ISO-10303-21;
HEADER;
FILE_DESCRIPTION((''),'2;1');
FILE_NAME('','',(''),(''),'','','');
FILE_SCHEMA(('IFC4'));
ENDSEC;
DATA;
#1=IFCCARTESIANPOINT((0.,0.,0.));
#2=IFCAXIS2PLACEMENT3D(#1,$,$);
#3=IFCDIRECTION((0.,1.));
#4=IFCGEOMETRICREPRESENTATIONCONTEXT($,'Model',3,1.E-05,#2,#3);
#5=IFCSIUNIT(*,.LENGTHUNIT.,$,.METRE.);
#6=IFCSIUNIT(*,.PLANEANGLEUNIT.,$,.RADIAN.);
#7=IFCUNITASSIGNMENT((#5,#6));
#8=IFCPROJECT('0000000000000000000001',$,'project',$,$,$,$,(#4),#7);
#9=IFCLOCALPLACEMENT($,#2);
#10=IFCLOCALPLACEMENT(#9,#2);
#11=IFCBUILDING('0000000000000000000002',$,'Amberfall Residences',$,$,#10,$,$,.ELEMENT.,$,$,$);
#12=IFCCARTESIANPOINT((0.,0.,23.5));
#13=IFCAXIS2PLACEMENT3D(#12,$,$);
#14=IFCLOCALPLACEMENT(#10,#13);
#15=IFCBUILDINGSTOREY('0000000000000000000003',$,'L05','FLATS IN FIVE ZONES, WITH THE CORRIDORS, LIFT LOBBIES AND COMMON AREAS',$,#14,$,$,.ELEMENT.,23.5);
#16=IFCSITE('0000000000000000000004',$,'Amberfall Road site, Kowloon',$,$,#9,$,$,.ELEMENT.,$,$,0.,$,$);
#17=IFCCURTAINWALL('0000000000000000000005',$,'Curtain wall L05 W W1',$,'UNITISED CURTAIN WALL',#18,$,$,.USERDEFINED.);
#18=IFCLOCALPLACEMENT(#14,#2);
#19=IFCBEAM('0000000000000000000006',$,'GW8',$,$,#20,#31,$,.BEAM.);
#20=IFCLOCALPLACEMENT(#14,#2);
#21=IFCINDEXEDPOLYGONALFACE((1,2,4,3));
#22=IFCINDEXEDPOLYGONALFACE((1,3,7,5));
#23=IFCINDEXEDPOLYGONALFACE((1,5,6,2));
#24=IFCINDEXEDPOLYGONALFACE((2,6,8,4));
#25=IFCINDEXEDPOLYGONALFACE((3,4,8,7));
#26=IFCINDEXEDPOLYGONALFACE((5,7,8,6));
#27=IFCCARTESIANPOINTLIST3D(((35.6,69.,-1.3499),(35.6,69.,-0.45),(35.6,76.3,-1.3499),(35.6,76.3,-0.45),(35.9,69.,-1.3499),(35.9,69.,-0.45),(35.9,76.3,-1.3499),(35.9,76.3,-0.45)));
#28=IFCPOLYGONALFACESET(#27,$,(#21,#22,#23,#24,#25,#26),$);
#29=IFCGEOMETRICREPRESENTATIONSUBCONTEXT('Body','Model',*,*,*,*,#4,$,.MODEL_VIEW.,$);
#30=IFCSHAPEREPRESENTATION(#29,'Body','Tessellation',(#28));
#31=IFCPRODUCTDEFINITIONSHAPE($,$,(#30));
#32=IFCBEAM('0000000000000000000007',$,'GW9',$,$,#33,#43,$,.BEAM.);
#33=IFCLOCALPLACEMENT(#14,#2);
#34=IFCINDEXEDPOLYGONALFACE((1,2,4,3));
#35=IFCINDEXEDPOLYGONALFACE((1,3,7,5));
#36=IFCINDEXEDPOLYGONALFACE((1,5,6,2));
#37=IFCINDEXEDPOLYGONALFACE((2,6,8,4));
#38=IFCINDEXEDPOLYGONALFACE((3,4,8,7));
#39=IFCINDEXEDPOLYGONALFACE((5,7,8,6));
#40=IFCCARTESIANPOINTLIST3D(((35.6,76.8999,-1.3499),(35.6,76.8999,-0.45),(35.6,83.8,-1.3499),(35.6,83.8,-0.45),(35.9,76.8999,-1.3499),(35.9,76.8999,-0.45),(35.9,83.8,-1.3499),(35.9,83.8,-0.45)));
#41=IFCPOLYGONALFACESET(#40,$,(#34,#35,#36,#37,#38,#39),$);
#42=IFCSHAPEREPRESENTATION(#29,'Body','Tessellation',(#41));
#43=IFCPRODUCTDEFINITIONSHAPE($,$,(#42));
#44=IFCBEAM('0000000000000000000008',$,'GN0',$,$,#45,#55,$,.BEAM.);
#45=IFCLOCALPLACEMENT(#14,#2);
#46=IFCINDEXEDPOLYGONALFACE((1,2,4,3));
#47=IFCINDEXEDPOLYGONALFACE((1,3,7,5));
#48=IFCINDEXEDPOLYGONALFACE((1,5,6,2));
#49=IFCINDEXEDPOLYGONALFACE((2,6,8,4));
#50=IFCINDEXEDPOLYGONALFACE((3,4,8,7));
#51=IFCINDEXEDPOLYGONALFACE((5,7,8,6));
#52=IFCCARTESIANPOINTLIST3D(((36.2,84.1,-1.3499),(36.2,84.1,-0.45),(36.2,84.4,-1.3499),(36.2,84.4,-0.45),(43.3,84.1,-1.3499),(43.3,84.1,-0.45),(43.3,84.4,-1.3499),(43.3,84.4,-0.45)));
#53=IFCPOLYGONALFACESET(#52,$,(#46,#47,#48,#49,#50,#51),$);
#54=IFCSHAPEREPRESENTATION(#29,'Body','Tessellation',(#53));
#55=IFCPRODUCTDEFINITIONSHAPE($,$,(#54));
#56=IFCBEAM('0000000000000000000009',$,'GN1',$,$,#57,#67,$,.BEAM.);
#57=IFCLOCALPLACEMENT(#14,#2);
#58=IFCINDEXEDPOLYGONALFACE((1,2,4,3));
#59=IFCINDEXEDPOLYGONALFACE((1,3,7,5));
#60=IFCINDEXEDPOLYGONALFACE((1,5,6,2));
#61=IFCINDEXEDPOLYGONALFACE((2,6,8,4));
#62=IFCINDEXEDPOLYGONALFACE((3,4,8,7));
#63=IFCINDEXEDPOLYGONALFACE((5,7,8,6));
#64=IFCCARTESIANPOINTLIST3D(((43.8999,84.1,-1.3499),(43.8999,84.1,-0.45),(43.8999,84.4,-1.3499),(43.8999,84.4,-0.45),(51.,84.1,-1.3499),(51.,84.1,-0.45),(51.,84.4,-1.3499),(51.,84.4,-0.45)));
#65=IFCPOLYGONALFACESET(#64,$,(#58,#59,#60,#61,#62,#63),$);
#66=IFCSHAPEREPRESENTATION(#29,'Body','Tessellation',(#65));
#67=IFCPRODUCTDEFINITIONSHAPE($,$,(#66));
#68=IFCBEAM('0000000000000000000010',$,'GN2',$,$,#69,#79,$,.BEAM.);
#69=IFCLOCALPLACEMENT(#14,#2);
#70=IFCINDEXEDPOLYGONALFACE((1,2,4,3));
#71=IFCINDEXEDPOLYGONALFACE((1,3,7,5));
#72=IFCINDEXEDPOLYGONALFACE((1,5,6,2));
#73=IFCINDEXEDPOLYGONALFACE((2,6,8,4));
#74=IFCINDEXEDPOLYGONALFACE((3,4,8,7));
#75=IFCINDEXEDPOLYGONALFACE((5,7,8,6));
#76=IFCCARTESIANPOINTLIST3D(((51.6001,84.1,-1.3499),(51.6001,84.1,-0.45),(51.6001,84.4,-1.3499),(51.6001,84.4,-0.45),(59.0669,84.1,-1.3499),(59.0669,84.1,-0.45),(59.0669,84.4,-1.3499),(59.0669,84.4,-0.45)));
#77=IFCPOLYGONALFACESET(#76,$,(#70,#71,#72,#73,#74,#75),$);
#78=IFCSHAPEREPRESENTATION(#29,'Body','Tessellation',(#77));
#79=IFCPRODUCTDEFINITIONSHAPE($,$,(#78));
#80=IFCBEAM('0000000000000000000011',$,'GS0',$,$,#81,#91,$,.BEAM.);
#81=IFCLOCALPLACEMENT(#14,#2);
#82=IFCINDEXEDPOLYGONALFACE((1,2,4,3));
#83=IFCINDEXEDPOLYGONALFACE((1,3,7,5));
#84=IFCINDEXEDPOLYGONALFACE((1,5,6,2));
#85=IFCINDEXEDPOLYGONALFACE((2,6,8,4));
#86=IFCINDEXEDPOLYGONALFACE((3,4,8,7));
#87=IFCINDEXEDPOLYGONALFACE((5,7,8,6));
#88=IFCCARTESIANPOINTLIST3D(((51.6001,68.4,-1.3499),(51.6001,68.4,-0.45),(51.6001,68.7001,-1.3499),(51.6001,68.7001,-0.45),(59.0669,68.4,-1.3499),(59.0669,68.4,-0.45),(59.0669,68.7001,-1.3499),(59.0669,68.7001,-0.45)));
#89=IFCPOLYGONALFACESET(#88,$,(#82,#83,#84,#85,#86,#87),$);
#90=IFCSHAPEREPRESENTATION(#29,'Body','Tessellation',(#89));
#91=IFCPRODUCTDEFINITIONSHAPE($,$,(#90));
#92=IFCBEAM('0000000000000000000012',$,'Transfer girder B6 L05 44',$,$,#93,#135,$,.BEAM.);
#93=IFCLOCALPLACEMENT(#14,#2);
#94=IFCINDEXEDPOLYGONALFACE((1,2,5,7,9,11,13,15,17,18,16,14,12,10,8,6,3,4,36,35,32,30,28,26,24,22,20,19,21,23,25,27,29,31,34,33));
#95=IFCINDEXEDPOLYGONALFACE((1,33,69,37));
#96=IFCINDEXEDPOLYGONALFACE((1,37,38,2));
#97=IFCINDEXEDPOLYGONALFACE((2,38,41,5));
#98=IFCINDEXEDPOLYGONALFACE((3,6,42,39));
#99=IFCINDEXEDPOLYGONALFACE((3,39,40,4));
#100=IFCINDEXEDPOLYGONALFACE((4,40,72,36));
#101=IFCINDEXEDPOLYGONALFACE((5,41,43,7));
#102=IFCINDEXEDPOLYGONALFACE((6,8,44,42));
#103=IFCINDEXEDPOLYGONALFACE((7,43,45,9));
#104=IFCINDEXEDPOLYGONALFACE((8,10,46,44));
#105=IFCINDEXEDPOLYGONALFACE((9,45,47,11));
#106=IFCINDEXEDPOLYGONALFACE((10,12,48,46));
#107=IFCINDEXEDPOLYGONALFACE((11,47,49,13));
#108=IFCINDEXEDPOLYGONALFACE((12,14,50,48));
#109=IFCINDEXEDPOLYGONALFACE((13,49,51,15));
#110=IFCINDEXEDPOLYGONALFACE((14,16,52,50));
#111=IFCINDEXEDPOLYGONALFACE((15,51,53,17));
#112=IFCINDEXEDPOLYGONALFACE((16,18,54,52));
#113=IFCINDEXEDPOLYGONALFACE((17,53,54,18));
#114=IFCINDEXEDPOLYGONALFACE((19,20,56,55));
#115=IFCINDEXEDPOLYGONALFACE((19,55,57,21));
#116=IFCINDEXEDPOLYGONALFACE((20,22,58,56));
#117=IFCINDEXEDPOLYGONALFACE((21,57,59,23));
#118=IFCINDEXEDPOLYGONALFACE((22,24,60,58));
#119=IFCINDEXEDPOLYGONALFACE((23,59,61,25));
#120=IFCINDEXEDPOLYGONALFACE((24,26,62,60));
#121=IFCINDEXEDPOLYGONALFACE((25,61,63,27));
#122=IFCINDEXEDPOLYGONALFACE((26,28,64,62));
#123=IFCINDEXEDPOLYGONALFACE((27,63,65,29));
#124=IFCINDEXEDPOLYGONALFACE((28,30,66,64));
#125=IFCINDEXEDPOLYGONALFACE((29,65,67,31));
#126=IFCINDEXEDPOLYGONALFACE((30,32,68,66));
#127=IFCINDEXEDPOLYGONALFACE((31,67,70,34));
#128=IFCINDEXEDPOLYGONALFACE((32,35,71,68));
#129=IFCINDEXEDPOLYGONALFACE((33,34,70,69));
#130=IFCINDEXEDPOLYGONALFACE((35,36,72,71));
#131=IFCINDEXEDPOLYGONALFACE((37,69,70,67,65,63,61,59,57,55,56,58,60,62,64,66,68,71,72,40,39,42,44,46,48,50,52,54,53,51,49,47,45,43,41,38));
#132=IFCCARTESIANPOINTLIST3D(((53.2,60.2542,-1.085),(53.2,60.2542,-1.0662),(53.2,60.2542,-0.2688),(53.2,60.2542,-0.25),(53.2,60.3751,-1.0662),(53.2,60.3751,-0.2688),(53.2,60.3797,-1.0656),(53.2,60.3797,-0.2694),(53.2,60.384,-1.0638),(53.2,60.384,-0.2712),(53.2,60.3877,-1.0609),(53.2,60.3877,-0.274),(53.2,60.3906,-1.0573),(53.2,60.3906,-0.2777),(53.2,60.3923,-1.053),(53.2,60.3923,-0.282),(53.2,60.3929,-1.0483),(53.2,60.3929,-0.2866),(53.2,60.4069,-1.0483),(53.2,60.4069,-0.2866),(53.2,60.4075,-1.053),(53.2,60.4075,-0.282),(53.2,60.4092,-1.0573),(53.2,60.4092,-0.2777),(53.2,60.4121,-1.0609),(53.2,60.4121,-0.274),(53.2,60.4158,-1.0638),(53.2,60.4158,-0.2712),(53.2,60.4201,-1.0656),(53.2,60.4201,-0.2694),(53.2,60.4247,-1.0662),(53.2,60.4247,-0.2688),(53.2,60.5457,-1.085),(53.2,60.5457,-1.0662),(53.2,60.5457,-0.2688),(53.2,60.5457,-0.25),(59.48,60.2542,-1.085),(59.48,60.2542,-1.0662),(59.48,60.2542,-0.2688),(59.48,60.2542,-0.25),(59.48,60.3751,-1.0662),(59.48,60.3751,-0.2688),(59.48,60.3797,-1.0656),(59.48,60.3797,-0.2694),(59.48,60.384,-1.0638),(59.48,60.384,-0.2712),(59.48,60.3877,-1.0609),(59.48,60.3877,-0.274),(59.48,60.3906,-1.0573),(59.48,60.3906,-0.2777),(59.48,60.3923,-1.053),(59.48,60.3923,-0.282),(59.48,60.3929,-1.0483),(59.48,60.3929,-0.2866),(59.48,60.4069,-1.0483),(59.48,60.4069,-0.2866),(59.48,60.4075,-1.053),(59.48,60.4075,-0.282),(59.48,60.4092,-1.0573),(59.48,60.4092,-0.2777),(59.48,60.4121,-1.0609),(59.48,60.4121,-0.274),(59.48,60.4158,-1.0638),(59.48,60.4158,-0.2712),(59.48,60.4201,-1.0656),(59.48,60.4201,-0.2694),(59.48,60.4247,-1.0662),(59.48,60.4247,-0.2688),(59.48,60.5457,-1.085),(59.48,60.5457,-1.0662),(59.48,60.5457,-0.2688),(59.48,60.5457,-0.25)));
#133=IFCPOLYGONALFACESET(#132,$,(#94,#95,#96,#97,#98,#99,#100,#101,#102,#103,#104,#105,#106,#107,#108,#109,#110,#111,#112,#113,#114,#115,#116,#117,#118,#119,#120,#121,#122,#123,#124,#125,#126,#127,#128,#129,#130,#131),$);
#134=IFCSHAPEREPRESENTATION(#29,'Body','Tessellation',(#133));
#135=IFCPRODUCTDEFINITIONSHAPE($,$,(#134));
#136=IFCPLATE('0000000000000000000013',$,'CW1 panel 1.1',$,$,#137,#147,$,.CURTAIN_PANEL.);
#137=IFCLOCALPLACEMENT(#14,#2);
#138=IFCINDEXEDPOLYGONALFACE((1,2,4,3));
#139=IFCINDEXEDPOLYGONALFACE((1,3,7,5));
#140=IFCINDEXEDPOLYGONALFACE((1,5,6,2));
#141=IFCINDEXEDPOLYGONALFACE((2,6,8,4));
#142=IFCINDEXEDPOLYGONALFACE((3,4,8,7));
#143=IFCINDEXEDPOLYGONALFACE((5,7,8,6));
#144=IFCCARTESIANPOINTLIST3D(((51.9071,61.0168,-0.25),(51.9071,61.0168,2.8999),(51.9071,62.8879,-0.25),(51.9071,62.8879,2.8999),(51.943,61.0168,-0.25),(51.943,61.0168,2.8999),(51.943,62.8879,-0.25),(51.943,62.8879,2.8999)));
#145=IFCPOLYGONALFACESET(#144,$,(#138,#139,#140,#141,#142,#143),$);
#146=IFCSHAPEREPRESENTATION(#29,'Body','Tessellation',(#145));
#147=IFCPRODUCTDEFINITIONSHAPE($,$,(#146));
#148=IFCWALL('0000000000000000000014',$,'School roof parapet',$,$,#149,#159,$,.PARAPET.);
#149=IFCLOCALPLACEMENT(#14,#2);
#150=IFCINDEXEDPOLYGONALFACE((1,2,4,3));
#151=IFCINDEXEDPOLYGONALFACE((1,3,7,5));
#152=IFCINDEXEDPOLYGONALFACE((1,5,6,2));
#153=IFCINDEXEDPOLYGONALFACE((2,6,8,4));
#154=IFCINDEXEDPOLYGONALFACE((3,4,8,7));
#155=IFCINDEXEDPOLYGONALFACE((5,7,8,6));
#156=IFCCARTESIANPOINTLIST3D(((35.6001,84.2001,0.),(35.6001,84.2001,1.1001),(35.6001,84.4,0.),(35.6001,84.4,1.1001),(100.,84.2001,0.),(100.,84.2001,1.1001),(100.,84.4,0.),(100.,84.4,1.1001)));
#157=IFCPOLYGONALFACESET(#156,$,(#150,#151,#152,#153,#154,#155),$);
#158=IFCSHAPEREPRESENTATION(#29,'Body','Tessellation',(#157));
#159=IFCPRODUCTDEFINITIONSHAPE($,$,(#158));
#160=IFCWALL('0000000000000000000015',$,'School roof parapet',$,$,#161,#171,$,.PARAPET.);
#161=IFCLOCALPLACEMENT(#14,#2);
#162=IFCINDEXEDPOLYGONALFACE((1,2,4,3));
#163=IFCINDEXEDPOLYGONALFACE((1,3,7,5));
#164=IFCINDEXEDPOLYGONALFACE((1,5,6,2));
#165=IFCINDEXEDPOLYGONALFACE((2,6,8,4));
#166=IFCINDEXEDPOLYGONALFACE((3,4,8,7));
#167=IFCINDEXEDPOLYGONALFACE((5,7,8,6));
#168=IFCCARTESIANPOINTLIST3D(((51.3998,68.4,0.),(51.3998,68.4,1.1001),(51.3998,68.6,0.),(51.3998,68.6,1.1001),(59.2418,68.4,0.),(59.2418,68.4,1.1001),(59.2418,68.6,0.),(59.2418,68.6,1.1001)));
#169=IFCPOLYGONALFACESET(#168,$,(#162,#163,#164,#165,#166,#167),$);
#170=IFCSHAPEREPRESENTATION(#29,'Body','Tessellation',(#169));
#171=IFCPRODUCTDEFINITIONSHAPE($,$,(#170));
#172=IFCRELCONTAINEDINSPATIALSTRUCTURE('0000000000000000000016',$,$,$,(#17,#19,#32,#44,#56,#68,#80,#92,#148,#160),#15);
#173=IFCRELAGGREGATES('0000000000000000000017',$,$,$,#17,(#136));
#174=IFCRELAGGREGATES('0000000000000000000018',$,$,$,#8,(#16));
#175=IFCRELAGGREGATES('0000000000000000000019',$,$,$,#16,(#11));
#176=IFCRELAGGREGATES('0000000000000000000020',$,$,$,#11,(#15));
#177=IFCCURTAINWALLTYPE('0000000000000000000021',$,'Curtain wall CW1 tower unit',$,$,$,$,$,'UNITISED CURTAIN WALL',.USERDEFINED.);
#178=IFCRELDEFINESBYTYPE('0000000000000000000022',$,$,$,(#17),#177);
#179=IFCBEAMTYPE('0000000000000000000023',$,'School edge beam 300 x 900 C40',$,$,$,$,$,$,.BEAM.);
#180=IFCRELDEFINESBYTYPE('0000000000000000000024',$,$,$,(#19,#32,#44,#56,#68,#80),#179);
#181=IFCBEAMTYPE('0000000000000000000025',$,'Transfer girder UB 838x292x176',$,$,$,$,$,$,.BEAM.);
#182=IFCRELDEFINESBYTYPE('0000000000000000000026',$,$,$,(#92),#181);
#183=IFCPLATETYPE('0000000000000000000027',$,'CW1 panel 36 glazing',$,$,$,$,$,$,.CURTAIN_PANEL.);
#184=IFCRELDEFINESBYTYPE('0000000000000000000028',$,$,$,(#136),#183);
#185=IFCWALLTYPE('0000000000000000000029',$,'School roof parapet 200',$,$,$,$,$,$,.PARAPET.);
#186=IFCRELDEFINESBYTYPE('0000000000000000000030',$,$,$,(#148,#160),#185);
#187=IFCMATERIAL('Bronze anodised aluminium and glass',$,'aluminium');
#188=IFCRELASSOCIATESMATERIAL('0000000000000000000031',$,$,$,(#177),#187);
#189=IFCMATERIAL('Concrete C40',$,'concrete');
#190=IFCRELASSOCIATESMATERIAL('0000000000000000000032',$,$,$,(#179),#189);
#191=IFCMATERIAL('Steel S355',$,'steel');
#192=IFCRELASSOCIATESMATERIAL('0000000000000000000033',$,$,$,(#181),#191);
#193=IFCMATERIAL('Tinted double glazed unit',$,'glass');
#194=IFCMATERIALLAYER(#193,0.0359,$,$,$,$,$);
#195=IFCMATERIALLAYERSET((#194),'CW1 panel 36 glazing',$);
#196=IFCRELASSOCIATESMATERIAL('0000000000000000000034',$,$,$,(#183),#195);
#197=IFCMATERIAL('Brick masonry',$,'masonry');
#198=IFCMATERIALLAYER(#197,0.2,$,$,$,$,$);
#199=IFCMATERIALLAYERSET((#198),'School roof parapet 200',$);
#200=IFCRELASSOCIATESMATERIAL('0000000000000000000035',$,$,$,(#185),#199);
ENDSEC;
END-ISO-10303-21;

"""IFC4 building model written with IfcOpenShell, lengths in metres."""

from ifc_helpers import new_model, si_unit, direction, frame, frame_2d, origin, origin_2d, place, context, subcontext, project, spatial, rectangle, i_section, extrude, material, layer, layer_set, material_profile, profile_set, type_object, element, aggregate, save


model = new_model("IFC4")

# Units and contexts
model_context = context("Model", 3, precision=1e-05, world=origin(), true_north=direction((0.0, 1.0)))
body_context = subcontext(model_context, "Body", "Model", "MODEL_VIEW")
ifc_project = project(units=[si_unit("LENGTHUNIT", "METRE"), si_unit("PLANEANGLEUNIT", "RADIAN")], contexts=[model_context])

# Site, building, storey
site_placement = place(None, origin())
site = spatial("IfcSite", under=ifc_project, at=site_placement, Name="Amberfall Road site, Kowloon", CompositionType="ELEMENT", RefElevation=0.0)
building_placement = place(site_placement, origin())
building = spatial("IfcBuilding", under=site, at=building_placement, Name="Amberfall Residences", CompositionType="ELEMENT")
storey_placement = place(building_placement, frame((0.0, 0.0, 23.5)))
storey = spatial("IfcBuildingStorey", under=building, at=storey_placement, Name="L05", Description="FLATS IN FIVE ZONES, WITH THE CORRIDORS, LIFT LOBBIES AND COMMON AREAS", CompositionType="ELEMENT", Elevation=23.5)

# Curtain wall
ifc_material_1 = material(Name="Bronze anodised aluminium and glass", Category="aluminium")
curtain_wall_type = type_object("IfcCurtainWallType", Name="Curtain wall CW1 tower unit", ElementType="UNITISED CURTAIN WALL", PredefinedType="USERDEFINED", material=ifc_material_1)
curtain_wall_placement = place(storey_placement, origin())
curtain_wall = element("IfcCurtainWall", 1, at=curtain_wall_placement, inside=storey, type_object=curtain_wall_type, Name="Curtain wall L05 W W1", ObjectType="UNITISED CURTAIN WALL", PredefinedType="USERDEFINED")

# Beams
ifc_material_2 = material(Name="Steel S355", Category="steel")
ifc_material_3 = material(Name="Concrete C40", Category="concrete")
ifc_material_profile_1 = material_profile(ifc_material_3, rectangle(XDim=0.3, YDim=0.8999, at=origin_2d()), Name="School edge beam 300 x 900 C40")
ifc_profile_set_1 = profile_set([ifc_material_profile_1], Name="Concrete C40")
beam_type_1 = type_object("IfcBeamType", Name="School edge beam 300 x 900 C40", PredefinedType="BEAM", material=ifc_profile_set_1)
beam_1_placement = place(storey_placement, frame((35.75, 69.0, -0.8999), z_axis=(0.0, 1.0, 0.0), x_axis=(-1.0, 0.0, 0.0)))
element("IfcBeam", 2, at=beam_1_placement, inside=storey, type_object=beam_type_1, Name="GW8", PredefinedType="BEAM", context=body_context, shape_type="SweptSolid", body=[
    extrude(rectangle(XDim=0.3, YDim=0.8999, at=origin_2d()), origin(), (0.0, 0.0, 1.0), 7.3),
])
beam_2_placement = place(storey_placement, frame((35.75, 76.8999, -0.8999), z_axis=(0.0, 1.0, 0.0), x_axis=(-1.0, 0.0, 0.0)))
element("IfcBeam", 3, at=beam_2_placement, inside=storey, type_object=beam_type_1, Name="GW9", PredefinedType="BEAM", context=body_context, shape_type="SweptSolid", body=[
    extrude(rectangle(XDim=0.3, YDim=0.8999, at=origin_2d()), origin(), (0.0, 0.0, 1.0), 6.9001),
])
for number, where, z_axis, x_axis, name in (
    (4, (36.2, 84.25, -0.8999), (1.0, 0.0, 0.0), (0.0, 1.0, 0.0), "GN0"),
    (5, (43.8999, 84.25, -0.8999), (1.0, 0.0, 0.0), (0.0, 1.0, 0.0), "GN1"),
):
    element("IfcBeam", number, at=place(storey_placement, frame(where, z_axis=z_axis, x_axis=x_axis)), inside=storey, type_object=beam_type_1, Name=name, PredefinedType="BEAM", context=body_context, shape_type="SweptSolid", body=[
        extrude(rectangle(XDim=0.3, YDim=0.8999, at=origin_2d()), origin(), (0.0, 0.0, 1.0), 7.1001),
    ])
for number, where, z_axis, x_axis, name in (
    (6, (51.6001, 84.25, -0.8999), (1.0, 0.0, 0.0), (0.0, 1.0, 0.0), "GN2"),
    (7, (51.6001, 68.55, -0.8999), (1.0, 0.0, 0.0), (0.0, 1.0, 0.0), "GS0"),
):
    element("IfcBeam", number, at=place(storey_placement, frame(where, z_axis=z_axis, x_axis=x_axis)), inside=storey, type_object=beam_type_1, Name=name, PredefinedType="BEAM", context=body_context, shape_type="SweptSolid", body=[
        extrude(rectangle(XDim=0.3, YDim=0.8999, at=origin_2d()), origin(), (0.0, 0.0, 1.0), 7.4668),
    ])
ifc_material_profile_2 = material_profile(ifc_material_2, i_section(OverallWidth=0.2915, OverallDepth=0.835, WebThickness=0.0139, FlangeThickness=0.0188, FilletRadius=0.0178, at=origin_2d()), Name="UB 838x292x176")
ifc_profile_set_2 = profile_set([ifc_material_profile_2], Name="Steel S355")
beam_type_2 = type_object("IfcBeamType", Name="Transfer girder UB 838x292x176", PredefinedType="BEAM", material=ifc_profile_set_2)
beam_3_placement = place(storey_placement, frame((53.2, 60.3999, -0.6675), z_axis=(1.0, 0.0, 0.0), x_axis=(0.0, 1.0, 0.0)))
element("IfcBeam", 8, at=beam_3_placement, inside=storey, type_object=beam_type_2, Name="Transfer girder B6 L05 44", PredefinedType="BEAM", context=body_context, shape_type="SweptSolid", body=[
    extrude(i_section(OverallWidth=0.2915, OverallDepth=0.835, WebThickness=0.0139, FlangeThickness=0.0188, FilletRadius=0.0178, at=origin_2d()), origin(), (0.0, 0.0, 1.0), 6.28),
])

# Plate
ifc_material_4 = material(Name="Tinted double glazed unit", Category="glass")
ifc_layer_1 = layer(ifc_material_4, 0.0359)
ifc_layer_set_1 = layer_set([ifc_layer_1], Name="CW1 panel 36 glazing")
plate_type = type_object("IfcPlateType", Name="CW1 panel 36 glazing", PredefinedType="CURTAIN_PANEL", material=ifc_layer_set_1)
plate_placement = place(storey_placement, frame((51.925, 61.9524, -0.25), z_axis=(0.0, 0.0, 1.0), x_axis=(0.0, -1.0, 0.0)))
plate = element("IfcPlate", 9, at=plate_placement, type_object=plate_type, Name="CW1 panel 1.1", PredefinedType="CURTAIN_PANEL", context=body_context, shape_type="SweptSolid", body=[
    extrude(rectangle(XDim=1.8711, YDim=0.0359, at=origin_2d()), origin(), (0.0, 0.0, 1.0), 3.1499),
])
aggregate(curtain_wall, [plate])

# Walls
ifc_material_5 = material(Name="Brick masonry", Category="masonry")
ifc_layer_2 = layer(ifc_material_5, 0.2)
ifc_layer_set_2 = layer_set([ifc_layer_2], Name="School roof parapet 200")
wall_type_1 = type_object("IfcWallType", Name="School roof parapet 200", PredefinedType="PARAPET", material=ifc_layer_set_2)
wall_1_placement = place(storey_placement, frame((35.6001, 84.3, 0.0), z_axis=(0.0, 0.0, 1.0), x_axis=(1.0, 0.0, 0.0)))
element("IfcWall", 10, at=wall_1_placement, inside=storey, type_object=wall_type_1, Name="School roof parapet", PredefinedType="PARAPET", context=body_context, shape_type="SweptSolid", body=[
    extrude(rectangle(XDim=64.3999, YDim=0.2, at=frame_2d((32.2, 0.0))), origin(), (0.0, 0.0, 1.0), 1.1001),
])
wall_2_placement = place(storey_placement, frame((51.3999, 68.5, 0.0), z_axis=(0.0, 0.0, 1.0), x_axis=(1.0, 0.0, 0.0)))
element("IfcWall", 11, at=wall_2_placement, inside=storey, type_object=wall_type_1, Name="School roof parapet", PredefinedType="PARAPET", context=body_context, shape_type="SweptSolid", body=[
    extrude(rectangle(XDim=7.842, YDim=0.2, at=frame_2d((3.9209, 0.0))), origin(), (0.0, 0.0, 1.0), 1.1001),
])

save(model, "model.ifc")
